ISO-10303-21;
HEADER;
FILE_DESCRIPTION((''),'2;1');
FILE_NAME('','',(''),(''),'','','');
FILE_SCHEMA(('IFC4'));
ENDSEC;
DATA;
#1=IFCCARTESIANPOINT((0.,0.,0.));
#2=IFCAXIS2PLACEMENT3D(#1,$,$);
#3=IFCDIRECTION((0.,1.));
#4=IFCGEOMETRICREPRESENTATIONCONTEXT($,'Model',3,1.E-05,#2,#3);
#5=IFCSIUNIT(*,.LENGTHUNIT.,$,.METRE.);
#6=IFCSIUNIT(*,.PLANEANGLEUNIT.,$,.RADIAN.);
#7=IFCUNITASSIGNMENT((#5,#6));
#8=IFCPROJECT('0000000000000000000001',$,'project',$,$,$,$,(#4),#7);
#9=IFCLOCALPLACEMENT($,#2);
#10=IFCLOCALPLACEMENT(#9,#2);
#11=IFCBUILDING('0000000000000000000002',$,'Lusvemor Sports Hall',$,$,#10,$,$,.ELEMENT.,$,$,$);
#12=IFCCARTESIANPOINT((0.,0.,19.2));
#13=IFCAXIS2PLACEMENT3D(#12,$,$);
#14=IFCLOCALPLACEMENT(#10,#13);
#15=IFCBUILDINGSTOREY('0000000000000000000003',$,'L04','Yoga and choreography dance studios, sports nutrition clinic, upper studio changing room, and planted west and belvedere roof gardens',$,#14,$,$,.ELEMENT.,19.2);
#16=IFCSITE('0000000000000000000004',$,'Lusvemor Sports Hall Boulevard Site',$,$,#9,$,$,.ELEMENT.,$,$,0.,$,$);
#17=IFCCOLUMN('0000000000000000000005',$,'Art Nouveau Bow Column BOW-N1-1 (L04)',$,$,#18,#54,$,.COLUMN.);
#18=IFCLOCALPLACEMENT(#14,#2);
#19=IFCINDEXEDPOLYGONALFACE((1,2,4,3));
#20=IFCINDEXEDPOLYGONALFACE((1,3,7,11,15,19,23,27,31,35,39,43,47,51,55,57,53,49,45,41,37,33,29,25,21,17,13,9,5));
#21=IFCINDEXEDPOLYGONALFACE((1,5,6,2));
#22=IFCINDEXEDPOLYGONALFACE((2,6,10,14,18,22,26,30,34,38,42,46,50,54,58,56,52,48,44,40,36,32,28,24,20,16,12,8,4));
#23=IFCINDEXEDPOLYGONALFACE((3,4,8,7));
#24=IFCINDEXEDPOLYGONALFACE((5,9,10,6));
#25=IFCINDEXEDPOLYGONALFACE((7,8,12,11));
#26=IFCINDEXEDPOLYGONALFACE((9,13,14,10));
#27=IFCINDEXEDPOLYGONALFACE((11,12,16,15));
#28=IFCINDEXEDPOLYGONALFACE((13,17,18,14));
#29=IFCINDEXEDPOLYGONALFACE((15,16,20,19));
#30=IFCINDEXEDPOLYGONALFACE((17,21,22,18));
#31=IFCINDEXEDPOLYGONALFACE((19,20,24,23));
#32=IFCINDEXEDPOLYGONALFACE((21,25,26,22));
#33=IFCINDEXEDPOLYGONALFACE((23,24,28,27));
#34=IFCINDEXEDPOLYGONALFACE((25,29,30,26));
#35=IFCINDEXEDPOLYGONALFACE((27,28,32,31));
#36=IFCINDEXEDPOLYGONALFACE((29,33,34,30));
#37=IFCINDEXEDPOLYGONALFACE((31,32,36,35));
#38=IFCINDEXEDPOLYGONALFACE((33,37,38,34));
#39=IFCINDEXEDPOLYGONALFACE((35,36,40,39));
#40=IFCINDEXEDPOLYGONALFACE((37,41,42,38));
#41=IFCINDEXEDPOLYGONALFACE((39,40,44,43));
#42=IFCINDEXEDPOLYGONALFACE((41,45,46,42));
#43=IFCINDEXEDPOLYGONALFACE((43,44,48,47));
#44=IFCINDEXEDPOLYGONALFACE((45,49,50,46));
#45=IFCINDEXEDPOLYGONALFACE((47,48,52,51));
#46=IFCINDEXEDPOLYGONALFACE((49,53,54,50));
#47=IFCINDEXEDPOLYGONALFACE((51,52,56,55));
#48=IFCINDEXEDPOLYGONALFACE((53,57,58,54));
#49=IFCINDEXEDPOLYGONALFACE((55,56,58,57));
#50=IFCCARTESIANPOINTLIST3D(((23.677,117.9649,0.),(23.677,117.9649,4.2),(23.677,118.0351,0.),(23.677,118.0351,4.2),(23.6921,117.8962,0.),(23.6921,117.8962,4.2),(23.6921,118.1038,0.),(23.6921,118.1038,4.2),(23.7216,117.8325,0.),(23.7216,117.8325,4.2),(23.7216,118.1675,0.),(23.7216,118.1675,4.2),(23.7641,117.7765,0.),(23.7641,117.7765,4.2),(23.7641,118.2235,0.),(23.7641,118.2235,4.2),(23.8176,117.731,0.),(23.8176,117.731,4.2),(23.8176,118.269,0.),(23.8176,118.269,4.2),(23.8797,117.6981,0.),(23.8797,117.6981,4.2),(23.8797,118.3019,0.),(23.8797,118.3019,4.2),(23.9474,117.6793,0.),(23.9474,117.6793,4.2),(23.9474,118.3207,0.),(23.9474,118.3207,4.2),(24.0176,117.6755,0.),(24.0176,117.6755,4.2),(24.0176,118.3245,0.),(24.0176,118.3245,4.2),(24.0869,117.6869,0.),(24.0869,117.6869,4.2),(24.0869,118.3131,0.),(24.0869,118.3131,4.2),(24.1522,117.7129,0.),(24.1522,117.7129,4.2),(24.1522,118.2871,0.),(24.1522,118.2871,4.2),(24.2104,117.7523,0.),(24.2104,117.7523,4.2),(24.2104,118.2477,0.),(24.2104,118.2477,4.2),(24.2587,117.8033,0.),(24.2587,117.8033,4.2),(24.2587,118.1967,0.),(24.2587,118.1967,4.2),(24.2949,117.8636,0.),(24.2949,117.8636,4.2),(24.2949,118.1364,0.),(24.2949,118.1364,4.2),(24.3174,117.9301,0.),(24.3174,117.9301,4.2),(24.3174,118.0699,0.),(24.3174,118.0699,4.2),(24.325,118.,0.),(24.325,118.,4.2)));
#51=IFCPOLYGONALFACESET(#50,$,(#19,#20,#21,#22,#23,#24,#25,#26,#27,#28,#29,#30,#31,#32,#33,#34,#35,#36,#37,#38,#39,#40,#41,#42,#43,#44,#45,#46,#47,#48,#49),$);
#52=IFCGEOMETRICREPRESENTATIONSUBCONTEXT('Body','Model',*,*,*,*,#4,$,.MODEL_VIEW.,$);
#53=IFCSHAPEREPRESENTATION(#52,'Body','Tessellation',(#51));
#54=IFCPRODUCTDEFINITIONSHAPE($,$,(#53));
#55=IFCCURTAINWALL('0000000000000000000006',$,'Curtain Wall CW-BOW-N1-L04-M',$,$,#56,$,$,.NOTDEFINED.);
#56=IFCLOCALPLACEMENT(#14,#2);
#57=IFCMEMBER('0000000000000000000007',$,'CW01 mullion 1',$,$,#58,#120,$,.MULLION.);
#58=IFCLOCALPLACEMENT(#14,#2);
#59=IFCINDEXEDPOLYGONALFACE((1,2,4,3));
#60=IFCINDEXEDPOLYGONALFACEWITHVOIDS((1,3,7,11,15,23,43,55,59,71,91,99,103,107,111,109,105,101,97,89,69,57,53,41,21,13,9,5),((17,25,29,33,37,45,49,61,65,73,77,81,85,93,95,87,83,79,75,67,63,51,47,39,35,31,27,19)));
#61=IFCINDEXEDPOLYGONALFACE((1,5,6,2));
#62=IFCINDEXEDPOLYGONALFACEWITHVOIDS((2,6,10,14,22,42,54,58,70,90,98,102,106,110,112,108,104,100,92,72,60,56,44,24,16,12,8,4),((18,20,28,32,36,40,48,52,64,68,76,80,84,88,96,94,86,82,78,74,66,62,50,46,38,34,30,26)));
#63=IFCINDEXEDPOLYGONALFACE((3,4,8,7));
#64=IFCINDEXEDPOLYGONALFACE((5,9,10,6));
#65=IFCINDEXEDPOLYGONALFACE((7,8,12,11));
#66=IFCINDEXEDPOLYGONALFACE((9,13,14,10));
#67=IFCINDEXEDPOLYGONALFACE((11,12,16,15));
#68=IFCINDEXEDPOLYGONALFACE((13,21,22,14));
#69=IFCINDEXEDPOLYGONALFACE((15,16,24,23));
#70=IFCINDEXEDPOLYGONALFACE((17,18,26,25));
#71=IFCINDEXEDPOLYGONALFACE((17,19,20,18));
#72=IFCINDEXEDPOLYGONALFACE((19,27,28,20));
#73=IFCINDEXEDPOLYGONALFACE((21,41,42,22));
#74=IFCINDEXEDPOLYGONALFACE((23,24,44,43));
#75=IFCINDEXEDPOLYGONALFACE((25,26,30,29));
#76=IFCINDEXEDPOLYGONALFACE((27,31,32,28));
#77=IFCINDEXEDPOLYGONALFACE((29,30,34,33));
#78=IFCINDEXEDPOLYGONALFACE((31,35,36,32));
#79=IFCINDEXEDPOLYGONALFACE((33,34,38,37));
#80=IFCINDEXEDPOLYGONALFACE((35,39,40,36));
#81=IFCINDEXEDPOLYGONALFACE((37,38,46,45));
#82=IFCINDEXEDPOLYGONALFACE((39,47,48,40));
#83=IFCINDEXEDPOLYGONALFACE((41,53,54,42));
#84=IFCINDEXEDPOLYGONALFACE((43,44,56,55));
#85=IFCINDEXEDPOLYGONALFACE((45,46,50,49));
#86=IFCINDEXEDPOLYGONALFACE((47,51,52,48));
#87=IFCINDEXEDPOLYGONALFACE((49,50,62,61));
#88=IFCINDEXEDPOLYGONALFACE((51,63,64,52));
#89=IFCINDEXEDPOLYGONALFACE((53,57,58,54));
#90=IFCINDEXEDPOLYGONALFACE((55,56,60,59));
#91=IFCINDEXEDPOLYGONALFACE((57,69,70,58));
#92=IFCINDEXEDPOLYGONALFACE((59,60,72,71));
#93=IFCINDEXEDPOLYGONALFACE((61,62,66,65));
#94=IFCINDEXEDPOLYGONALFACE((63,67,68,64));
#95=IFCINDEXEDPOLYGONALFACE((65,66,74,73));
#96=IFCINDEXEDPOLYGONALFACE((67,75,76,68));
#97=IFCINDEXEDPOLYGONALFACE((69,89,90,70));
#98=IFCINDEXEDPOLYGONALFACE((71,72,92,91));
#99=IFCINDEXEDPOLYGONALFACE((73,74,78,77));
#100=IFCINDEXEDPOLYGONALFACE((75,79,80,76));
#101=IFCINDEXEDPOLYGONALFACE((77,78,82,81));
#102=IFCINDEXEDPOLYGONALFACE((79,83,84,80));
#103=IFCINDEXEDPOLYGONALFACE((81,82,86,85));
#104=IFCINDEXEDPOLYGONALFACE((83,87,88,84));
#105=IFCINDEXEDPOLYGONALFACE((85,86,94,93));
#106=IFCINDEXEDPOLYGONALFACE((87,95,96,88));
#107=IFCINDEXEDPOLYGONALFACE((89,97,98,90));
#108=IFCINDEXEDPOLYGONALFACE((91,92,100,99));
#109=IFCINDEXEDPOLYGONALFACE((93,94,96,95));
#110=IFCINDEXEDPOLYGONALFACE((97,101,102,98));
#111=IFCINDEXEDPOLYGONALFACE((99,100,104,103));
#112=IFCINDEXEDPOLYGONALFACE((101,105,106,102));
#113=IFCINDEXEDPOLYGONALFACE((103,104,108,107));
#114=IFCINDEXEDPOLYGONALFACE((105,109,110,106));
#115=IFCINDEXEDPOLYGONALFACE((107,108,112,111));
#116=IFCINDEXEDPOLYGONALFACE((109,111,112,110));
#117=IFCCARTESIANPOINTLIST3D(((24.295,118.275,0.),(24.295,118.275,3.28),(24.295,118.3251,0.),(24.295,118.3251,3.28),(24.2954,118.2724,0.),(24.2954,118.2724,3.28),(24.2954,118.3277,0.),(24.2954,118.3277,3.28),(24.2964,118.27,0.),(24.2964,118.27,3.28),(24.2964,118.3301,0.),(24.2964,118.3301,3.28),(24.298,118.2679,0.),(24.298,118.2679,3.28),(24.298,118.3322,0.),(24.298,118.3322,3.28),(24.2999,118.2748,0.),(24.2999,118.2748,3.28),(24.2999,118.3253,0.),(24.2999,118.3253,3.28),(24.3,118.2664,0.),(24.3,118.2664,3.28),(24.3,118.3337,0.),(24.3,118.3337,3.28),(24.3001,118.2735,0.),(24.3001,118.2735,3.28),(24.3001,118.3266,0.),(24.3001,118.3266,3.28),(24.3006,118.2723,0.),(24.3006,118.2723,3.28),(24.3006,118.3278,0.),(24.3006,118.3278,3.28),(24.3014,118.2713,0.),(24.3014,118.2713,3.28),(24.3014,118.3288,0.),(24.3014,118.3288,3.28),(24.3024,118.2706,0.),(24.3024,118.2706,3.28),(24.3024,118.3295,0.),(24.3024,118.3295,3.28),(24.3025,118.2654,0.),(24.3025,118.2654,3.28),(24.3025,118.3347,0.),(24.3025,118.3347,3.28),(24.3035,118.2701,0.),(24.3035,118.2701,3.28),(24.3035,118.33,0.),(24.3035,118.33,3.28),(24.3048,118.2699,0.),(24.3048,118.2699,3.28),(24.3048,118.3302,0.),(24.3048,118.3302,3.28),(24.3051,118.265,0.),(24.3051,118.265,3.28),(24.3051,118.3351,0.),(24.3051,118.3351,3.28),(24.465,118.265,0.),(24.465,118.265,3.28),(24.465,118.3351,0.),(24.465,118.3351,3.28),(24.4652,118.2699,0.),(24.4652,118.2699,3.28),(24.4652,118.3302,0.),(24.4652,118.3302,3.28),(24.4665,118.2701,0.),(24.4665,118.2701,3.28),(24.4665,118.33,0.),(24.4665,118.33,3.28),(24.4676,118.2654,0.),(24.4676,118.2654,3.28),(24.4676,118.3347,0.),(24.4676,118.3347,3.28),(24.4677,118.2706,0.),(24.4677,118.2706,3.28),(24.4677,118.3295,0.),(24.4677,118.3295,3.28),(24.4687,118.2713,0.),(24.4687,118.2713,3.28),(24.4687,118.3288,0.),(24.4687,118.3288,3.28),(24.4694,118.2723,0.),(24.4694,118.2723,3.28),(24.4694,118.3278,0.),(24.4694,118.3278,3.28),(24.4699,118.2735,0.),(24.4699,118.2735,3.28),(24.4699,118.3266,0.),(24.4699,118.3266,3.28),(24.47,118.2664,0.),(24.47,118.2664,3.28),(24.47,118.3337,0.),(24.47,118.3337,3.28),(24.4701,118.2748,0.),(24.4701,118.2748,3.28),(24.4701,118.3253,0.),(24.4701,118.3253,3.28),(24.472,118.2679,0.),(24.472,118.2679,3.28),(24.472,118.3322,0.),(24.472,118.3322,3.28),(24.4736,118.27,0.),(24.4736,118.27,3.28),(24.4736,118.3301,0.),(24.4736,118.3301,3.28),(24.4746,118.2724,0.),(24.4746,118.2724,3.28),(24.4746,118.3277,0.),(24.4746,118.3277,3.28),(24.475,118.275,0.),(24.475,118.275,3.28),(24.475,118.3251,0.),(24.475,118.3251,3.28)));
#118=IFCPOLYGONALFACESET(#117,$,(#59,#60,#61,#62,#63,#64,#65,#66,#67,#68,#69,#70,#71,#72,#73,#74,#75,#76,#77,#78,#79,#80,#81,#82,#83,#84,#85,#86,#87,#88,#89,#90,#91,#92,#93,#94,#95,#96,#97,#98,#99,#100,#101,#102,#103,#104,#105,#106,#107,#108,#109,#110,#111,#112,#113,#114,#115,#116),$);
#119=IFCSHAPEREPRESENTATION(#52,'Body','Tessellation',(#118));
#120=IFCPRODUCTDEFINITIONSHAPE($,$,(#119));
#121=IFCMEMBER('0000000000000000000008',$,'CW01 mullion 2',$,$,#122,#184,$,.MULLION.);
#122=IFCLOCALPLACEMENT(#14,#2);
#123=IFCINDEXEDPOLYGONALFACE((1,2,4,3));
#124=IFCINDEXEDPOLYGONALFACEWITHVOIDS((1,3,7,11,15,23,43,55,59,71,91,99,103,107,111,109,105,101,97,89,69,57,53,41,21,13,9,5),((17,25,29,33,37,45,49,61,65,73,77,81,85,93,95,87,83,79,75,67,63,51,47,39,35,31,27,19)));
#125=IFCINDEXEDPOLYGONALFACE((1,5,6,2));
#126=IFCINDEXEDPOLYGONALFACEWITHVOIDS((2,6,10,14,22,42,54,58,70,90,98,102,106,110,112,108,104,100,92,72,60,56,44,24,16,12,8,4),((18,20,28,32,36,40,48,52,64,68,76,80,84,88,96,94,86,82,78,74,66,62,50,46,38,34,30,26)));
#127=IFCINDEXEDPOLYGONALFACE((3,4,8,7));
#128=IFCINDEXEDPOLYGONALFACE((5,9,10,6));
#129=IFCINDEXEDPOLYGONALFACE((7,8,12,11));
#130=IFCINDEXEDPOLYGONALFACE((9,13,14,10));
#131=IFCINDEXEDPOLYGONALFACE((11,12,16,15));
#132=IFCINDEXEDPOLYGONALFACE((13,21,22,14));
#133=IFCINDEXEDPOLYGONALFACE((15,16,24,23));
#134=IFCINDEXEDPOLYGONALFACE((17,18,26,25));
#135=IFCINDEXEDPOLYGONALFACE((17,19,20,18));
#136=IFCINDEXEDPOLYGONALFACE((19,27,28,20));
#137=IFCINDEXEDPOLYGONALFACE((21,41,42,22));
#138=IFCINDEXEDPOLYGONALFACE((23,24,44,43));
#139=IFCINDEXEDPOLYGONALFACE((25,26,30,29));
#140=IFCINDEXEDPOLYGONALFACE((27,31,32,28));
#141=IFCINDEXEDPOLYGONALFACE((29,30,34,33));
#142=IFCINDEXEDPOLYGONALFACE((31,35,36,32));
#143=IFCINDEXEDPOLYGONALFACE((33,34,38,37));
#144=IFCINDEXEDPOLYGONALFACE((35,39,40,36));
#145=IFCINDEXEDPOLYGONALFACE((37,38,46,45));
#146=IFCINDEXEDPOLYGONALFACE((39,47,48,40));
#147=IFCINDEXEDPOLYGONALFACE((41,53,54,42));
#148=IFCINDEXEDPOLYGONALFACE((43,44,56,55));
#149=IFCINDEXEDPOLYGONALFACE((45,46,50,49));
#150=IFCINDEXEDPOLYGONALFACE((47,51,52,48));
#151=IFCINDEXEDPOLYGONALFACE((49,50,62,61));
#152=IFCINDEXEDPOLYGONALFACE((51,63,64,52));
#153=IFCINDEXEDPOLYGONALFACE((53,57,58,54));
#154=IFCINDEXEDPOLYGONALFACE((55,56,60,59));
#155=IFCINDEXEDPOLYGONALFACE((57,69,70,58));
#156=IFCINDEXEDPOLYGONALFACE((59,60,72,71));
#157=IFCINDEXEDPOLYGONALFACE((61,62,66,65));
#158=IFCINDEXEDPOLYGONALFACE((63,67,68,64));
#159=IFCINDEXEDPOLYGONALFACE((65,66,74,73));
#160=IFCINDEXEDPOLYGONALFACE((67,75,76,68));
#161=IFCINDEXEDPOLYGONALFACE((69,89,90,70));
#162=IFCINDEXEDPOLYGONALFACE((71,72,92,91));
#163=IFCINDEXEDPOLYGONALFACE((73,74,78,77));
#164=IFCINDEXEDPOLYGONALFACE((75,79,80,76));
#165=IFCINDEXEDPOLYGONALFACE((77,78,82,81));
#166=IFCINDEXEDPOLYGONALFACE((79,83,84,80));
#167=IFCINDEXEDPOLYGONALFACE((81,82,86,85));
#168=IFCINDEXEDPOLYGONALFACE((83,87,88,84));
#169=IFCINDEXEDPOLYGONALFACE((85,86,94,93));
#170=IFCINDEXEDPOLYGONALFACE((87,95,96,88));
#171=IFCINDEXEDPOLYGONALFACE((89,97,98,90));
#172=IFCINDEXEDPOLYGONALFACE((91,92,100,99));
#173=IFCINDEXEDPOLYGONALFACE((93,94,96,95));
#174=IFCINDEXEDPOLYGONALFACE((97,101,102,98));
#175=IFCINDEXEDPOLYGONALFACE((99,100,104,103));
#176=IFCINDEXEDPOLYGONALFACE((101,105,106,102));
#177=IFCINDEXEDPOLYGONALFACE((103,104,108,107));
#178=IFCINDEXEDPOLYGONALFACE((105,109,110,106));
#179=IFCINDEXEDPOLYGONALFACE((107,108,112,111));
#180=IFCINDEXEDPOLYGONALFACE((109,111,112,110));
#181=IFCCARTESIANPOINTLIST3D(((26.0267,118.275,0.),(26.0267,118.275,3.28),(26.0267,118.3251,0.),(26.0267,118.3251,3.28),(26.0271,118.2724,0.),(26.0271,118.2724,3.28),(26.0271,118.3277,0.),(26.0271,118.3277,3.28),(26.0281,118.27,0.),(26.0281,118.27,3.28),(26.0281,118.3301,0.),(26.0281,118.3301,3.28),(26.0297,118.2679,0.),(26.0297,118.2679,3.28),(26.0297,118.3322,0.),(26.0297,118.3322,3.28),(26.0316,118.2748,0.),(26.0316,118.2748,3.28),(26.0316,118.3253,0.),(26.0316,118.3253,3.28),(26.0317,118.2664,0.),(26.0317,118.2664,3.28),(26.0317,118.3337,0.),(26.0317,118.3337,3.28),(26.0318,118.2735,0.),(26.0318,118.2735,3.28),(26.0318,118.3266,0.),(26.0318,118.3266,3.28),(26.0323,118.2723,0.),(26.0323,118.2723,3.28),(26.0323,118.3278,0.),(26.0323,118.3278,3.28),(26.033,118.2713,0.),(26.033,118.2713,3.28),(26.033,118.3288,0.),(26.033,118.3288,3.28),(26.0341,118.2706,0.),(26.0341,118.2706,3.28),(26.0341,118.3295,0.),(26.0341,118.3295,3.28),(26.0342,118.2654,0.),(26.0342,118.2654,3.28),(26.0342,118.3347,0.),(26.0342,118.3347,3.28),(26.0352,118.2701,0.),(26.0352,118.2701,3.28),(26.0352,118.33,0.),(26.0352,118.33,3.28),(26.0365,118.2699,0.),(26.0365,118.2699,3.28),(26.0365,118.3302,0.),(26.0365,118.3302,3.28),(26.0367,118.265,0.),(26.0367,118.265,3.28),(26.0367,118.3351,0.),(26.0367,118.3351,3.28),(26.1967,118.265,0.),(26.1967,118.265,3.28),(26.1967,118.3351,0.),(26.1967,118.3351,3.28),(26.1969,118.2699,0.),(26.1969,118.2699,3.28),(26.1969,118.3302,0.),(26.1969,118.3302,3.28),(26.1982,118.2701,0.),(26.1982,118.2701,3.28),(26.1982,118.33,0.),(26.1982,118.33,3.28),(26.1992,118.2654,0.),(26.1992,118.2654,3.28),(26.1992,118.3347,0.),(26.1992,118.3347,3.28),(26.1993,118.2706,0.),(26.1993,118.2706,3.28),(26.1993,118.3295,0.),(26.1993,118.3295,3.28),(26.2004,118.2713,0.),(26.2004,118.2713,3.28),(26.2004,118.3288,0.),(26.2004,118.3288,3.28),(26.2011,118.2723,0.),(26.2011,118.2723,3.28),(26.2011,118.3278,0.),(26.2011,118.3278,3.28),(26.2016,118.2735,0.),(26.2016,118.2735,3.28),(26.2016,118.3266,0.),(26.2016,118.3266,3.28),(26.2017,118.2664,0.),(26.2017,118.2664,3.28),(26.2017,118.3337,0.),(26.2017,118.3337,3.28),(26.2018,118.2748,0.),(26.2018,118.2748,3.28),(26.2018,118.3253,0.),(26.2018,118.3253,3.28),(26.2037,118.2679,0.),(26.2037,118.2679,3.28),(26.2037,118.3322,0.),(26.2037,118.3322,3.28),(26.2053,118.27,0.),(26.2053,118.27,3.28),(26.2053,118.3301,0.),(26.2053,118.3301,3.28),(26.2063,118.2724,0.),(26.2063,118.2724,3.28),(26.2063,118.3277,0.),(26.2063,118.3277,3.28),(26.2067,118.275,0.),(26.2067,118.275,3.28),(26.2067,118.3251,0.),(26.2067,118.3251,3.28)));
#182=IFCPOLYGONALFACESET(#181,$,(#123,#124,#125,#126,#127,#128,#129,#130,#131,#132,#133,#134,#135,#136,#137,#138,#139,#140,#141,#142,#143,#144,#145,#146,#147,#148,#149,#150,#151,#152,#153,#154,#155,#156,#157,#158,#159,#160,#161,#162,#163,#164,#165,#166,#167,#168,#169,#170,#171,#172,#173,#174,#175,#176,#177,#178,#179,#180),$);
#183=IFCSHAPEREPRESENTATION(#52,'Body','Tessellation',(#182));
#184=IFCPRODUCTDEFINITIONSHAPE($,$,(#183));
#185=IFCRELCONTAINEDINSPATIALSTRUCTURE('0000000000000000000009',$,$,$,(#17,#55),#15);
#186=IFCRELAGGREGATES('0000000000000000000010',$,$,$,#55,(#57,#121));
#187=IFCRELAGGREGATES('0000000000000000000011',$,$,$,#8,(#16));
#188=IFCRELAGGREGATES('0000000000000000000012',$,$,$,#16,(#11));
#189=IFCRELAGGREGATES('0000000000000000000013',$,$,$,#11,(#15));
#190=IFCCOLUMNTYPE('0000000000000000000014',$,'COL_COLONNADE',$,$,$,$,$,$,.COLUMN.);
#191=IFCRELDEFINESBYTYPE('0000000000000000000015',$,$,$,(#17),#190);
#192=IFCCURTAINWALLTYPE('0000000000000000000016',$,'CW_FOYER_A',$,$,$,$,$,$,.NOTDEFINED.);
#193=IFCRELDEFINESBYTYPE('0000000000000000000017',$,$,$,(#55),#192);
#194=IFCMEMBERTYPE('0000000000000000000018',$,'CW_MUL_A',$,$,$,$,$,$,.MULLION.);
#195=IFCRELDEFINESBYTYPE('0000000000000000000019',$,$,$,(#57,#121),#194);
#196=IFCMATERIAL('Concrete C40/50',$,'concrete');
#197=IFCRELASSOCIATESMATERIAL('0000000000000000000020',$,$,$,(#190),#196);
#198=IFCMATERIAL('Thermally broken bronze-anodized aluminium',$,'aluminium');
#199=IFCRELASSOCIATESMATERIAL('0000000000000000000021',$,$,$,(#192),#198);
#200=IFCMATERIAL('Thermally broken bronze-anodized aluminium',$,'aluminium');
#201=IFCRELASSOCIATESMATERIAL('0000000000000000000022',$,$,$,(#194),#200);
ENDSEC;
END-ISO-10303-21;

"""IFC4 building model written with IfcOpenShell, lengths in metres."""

from ifc_helpers import new_model, si_unit, direction, frame, origin, origin_2d, place, context, subcontext, project, spatial, hollow_rectangle, circle, extrude, material, material_profile, profile_set, type_object, element, aggregate, save


model = new_model("IFC4")

# Units and contexts
model_context = context("Model", 3, precision=1e-05, world=origin(), true_north=direction((0.0, 1.0)))
body_context = subcontext(model_context, "Body", "Model", "MODEL_VIEW")
ifc_project = project(units=[si_unit("LENGTHUNIT", "METRE"), si_unit("PLANEANGLEUNIT", "RADIAN")], contexts=[model_context])

# Site, building, storey
site_placement = place(None, origin())
site = spatial("IfcSite", under=ifc_project, at=site_placement, Name="Lusvemor Sports Hall Boulevard Site", CompositionType="ELEMENT", RefElevation=0.0)
building_placement = place(site_placement, origin())
building = spatial("IfcBuilding", under=site, at=building_placement, Name="Lusvemor Sports Hall", CompositionType="ELEMENT")
storey_placement = place(building_placement, frame((0.0, 0.0, 19.2)))
storey = spatial("IfcBuildingStorey", under=building, at=storey_placement, Name="L04", Description="Yoga and choreography dance studios, sports nutrition clinic, upper studio changing room, and planted west and belvedere roof gardens", CompositionType="ELEMENT", Elevation=19.2)

# Column
ifc_material_1 = material(Name="Concrete C40/50", Category="concrete")
ifc_material_profile_1 = material_profile(ifc_material_1, circle(Radius=0.325, at=origin_2d()), Name="RCCIRC650")
ifc_profile_set_1 = profile_set([ifc_material_profile_1], Name="Concrete C40/50")
column_type = type_object("IfcColumnType", Name="COL_COLONNADE", PredefinedType="COLUMN", material=ifc_profile_set_1)
column_placement = place(storey_placement, frame((24.0, 118.0, 0.0), z_axis=(0.0, 0.0, 1.0), x_axis=(1.0, 0.0, 0.0)))
element("IfcColumn", 1, at=column_placement, inside=storey, type_object=column_type, Name="Art Nouveau Bow Column BOW-N1-1 (L04)", PredefinedType="COLUMN", context=body_context, shape_type="SweptSolid", body=[
    extrude(circle(Radius=0.325, at=origin_2d()), origin(), (0.0, 0.0, 1.0), 4.2),
])

# Curtain wall, members
ifc_material_2 = material(Name="Thermally broken bronze-anodized aluminium", Category="aluminium")
curtain_wall_type_1 = type_object("IfcCurtainWallType", Name="CW_FOYER_A", PredefinedType="NOTDEFINED", material=ifc_material_2)
curtain_wall_1_placement = place(storey_placement, origin())
curtain_wall_1 = element("IfcCurtainWall", 2, at=curtain_wall_1_placement, inside=storey, type_object=curtain_wall_type_1, Name="Curtain Wall CW-BOW-N1-L04-M", PredefinedType="NOTDEFINED")
ifc_material_3 = material(Name="Thermally broken bronze-anodized aluminium", Category="aluminium")
ifc_material_profile_2 = material_profile(ifc_material_3, hollow_rectangle(XDim=0.0701, YDim=0.1799, WallThickness=0.0049, InnerFilletRadius=0.0049, OuterFilletRadius=0.01, at=origin_2d()), Name="CWMUL180x70x5")
ifc_profile_set_2 = profile_set([ifc_material_profile_2], Name="Thermally broken bronze-anodized aluminium")
member_type_1 = type_object("IfcMemberType", Name="CW_MUL_A", PredefinedType="MULLION", material=ifc_profile_set_2)
member_1_placement = place(storey_placement, frame((24.385, 118.3, 0.0), z_axis=(0.0, 0.0, 1.0), x_axis=(0.0, 1.0, 0.0)))
member_1 = element("IfcMember", 3, at=member_1_placement, type_object=member_type_1, Name="CW01 mullion 1", PredefinedType="MULLION", context=body_context, shape_type="SweptSolid", body=[
    extrude(hollow_rectangle(XDim=0.0701, YDim=0.1799, WallThickness=0.0049, InnerFilletRadius=0.0049, OuterFilletRadius=0.01, at=origin_2d()), origin(), (0.0, 0.0, 1.0), 3.28),
])
member_2_placement = place(storey_placement, frame((26.1167, 118.3, 0.0), z_axis=(0.0, 0.0, 1.0), x_axis=(0.0, 1.0, 0.0)))
member_2 = element("IfcMember", 4, at=member_2_placement, type_object=member_type_1, Name="CW01 mullion 2", PredefinedType="MULLION", context=body_context, shape_type="SweptSolid", body=[
    extrude(hollow_rectangle(XDim=0.0701, YDim=0.1799, WallThickness=0.0049, InnerFilletRadius=0.0049, OuterFilletRadius=0.01, at=origin_2d()), origin(), (0.0, 0.0, 1.0), 3.28),
])

aggregate(curtain_wall_1, [member_1, member_2])

save(model, "model.ifc")
